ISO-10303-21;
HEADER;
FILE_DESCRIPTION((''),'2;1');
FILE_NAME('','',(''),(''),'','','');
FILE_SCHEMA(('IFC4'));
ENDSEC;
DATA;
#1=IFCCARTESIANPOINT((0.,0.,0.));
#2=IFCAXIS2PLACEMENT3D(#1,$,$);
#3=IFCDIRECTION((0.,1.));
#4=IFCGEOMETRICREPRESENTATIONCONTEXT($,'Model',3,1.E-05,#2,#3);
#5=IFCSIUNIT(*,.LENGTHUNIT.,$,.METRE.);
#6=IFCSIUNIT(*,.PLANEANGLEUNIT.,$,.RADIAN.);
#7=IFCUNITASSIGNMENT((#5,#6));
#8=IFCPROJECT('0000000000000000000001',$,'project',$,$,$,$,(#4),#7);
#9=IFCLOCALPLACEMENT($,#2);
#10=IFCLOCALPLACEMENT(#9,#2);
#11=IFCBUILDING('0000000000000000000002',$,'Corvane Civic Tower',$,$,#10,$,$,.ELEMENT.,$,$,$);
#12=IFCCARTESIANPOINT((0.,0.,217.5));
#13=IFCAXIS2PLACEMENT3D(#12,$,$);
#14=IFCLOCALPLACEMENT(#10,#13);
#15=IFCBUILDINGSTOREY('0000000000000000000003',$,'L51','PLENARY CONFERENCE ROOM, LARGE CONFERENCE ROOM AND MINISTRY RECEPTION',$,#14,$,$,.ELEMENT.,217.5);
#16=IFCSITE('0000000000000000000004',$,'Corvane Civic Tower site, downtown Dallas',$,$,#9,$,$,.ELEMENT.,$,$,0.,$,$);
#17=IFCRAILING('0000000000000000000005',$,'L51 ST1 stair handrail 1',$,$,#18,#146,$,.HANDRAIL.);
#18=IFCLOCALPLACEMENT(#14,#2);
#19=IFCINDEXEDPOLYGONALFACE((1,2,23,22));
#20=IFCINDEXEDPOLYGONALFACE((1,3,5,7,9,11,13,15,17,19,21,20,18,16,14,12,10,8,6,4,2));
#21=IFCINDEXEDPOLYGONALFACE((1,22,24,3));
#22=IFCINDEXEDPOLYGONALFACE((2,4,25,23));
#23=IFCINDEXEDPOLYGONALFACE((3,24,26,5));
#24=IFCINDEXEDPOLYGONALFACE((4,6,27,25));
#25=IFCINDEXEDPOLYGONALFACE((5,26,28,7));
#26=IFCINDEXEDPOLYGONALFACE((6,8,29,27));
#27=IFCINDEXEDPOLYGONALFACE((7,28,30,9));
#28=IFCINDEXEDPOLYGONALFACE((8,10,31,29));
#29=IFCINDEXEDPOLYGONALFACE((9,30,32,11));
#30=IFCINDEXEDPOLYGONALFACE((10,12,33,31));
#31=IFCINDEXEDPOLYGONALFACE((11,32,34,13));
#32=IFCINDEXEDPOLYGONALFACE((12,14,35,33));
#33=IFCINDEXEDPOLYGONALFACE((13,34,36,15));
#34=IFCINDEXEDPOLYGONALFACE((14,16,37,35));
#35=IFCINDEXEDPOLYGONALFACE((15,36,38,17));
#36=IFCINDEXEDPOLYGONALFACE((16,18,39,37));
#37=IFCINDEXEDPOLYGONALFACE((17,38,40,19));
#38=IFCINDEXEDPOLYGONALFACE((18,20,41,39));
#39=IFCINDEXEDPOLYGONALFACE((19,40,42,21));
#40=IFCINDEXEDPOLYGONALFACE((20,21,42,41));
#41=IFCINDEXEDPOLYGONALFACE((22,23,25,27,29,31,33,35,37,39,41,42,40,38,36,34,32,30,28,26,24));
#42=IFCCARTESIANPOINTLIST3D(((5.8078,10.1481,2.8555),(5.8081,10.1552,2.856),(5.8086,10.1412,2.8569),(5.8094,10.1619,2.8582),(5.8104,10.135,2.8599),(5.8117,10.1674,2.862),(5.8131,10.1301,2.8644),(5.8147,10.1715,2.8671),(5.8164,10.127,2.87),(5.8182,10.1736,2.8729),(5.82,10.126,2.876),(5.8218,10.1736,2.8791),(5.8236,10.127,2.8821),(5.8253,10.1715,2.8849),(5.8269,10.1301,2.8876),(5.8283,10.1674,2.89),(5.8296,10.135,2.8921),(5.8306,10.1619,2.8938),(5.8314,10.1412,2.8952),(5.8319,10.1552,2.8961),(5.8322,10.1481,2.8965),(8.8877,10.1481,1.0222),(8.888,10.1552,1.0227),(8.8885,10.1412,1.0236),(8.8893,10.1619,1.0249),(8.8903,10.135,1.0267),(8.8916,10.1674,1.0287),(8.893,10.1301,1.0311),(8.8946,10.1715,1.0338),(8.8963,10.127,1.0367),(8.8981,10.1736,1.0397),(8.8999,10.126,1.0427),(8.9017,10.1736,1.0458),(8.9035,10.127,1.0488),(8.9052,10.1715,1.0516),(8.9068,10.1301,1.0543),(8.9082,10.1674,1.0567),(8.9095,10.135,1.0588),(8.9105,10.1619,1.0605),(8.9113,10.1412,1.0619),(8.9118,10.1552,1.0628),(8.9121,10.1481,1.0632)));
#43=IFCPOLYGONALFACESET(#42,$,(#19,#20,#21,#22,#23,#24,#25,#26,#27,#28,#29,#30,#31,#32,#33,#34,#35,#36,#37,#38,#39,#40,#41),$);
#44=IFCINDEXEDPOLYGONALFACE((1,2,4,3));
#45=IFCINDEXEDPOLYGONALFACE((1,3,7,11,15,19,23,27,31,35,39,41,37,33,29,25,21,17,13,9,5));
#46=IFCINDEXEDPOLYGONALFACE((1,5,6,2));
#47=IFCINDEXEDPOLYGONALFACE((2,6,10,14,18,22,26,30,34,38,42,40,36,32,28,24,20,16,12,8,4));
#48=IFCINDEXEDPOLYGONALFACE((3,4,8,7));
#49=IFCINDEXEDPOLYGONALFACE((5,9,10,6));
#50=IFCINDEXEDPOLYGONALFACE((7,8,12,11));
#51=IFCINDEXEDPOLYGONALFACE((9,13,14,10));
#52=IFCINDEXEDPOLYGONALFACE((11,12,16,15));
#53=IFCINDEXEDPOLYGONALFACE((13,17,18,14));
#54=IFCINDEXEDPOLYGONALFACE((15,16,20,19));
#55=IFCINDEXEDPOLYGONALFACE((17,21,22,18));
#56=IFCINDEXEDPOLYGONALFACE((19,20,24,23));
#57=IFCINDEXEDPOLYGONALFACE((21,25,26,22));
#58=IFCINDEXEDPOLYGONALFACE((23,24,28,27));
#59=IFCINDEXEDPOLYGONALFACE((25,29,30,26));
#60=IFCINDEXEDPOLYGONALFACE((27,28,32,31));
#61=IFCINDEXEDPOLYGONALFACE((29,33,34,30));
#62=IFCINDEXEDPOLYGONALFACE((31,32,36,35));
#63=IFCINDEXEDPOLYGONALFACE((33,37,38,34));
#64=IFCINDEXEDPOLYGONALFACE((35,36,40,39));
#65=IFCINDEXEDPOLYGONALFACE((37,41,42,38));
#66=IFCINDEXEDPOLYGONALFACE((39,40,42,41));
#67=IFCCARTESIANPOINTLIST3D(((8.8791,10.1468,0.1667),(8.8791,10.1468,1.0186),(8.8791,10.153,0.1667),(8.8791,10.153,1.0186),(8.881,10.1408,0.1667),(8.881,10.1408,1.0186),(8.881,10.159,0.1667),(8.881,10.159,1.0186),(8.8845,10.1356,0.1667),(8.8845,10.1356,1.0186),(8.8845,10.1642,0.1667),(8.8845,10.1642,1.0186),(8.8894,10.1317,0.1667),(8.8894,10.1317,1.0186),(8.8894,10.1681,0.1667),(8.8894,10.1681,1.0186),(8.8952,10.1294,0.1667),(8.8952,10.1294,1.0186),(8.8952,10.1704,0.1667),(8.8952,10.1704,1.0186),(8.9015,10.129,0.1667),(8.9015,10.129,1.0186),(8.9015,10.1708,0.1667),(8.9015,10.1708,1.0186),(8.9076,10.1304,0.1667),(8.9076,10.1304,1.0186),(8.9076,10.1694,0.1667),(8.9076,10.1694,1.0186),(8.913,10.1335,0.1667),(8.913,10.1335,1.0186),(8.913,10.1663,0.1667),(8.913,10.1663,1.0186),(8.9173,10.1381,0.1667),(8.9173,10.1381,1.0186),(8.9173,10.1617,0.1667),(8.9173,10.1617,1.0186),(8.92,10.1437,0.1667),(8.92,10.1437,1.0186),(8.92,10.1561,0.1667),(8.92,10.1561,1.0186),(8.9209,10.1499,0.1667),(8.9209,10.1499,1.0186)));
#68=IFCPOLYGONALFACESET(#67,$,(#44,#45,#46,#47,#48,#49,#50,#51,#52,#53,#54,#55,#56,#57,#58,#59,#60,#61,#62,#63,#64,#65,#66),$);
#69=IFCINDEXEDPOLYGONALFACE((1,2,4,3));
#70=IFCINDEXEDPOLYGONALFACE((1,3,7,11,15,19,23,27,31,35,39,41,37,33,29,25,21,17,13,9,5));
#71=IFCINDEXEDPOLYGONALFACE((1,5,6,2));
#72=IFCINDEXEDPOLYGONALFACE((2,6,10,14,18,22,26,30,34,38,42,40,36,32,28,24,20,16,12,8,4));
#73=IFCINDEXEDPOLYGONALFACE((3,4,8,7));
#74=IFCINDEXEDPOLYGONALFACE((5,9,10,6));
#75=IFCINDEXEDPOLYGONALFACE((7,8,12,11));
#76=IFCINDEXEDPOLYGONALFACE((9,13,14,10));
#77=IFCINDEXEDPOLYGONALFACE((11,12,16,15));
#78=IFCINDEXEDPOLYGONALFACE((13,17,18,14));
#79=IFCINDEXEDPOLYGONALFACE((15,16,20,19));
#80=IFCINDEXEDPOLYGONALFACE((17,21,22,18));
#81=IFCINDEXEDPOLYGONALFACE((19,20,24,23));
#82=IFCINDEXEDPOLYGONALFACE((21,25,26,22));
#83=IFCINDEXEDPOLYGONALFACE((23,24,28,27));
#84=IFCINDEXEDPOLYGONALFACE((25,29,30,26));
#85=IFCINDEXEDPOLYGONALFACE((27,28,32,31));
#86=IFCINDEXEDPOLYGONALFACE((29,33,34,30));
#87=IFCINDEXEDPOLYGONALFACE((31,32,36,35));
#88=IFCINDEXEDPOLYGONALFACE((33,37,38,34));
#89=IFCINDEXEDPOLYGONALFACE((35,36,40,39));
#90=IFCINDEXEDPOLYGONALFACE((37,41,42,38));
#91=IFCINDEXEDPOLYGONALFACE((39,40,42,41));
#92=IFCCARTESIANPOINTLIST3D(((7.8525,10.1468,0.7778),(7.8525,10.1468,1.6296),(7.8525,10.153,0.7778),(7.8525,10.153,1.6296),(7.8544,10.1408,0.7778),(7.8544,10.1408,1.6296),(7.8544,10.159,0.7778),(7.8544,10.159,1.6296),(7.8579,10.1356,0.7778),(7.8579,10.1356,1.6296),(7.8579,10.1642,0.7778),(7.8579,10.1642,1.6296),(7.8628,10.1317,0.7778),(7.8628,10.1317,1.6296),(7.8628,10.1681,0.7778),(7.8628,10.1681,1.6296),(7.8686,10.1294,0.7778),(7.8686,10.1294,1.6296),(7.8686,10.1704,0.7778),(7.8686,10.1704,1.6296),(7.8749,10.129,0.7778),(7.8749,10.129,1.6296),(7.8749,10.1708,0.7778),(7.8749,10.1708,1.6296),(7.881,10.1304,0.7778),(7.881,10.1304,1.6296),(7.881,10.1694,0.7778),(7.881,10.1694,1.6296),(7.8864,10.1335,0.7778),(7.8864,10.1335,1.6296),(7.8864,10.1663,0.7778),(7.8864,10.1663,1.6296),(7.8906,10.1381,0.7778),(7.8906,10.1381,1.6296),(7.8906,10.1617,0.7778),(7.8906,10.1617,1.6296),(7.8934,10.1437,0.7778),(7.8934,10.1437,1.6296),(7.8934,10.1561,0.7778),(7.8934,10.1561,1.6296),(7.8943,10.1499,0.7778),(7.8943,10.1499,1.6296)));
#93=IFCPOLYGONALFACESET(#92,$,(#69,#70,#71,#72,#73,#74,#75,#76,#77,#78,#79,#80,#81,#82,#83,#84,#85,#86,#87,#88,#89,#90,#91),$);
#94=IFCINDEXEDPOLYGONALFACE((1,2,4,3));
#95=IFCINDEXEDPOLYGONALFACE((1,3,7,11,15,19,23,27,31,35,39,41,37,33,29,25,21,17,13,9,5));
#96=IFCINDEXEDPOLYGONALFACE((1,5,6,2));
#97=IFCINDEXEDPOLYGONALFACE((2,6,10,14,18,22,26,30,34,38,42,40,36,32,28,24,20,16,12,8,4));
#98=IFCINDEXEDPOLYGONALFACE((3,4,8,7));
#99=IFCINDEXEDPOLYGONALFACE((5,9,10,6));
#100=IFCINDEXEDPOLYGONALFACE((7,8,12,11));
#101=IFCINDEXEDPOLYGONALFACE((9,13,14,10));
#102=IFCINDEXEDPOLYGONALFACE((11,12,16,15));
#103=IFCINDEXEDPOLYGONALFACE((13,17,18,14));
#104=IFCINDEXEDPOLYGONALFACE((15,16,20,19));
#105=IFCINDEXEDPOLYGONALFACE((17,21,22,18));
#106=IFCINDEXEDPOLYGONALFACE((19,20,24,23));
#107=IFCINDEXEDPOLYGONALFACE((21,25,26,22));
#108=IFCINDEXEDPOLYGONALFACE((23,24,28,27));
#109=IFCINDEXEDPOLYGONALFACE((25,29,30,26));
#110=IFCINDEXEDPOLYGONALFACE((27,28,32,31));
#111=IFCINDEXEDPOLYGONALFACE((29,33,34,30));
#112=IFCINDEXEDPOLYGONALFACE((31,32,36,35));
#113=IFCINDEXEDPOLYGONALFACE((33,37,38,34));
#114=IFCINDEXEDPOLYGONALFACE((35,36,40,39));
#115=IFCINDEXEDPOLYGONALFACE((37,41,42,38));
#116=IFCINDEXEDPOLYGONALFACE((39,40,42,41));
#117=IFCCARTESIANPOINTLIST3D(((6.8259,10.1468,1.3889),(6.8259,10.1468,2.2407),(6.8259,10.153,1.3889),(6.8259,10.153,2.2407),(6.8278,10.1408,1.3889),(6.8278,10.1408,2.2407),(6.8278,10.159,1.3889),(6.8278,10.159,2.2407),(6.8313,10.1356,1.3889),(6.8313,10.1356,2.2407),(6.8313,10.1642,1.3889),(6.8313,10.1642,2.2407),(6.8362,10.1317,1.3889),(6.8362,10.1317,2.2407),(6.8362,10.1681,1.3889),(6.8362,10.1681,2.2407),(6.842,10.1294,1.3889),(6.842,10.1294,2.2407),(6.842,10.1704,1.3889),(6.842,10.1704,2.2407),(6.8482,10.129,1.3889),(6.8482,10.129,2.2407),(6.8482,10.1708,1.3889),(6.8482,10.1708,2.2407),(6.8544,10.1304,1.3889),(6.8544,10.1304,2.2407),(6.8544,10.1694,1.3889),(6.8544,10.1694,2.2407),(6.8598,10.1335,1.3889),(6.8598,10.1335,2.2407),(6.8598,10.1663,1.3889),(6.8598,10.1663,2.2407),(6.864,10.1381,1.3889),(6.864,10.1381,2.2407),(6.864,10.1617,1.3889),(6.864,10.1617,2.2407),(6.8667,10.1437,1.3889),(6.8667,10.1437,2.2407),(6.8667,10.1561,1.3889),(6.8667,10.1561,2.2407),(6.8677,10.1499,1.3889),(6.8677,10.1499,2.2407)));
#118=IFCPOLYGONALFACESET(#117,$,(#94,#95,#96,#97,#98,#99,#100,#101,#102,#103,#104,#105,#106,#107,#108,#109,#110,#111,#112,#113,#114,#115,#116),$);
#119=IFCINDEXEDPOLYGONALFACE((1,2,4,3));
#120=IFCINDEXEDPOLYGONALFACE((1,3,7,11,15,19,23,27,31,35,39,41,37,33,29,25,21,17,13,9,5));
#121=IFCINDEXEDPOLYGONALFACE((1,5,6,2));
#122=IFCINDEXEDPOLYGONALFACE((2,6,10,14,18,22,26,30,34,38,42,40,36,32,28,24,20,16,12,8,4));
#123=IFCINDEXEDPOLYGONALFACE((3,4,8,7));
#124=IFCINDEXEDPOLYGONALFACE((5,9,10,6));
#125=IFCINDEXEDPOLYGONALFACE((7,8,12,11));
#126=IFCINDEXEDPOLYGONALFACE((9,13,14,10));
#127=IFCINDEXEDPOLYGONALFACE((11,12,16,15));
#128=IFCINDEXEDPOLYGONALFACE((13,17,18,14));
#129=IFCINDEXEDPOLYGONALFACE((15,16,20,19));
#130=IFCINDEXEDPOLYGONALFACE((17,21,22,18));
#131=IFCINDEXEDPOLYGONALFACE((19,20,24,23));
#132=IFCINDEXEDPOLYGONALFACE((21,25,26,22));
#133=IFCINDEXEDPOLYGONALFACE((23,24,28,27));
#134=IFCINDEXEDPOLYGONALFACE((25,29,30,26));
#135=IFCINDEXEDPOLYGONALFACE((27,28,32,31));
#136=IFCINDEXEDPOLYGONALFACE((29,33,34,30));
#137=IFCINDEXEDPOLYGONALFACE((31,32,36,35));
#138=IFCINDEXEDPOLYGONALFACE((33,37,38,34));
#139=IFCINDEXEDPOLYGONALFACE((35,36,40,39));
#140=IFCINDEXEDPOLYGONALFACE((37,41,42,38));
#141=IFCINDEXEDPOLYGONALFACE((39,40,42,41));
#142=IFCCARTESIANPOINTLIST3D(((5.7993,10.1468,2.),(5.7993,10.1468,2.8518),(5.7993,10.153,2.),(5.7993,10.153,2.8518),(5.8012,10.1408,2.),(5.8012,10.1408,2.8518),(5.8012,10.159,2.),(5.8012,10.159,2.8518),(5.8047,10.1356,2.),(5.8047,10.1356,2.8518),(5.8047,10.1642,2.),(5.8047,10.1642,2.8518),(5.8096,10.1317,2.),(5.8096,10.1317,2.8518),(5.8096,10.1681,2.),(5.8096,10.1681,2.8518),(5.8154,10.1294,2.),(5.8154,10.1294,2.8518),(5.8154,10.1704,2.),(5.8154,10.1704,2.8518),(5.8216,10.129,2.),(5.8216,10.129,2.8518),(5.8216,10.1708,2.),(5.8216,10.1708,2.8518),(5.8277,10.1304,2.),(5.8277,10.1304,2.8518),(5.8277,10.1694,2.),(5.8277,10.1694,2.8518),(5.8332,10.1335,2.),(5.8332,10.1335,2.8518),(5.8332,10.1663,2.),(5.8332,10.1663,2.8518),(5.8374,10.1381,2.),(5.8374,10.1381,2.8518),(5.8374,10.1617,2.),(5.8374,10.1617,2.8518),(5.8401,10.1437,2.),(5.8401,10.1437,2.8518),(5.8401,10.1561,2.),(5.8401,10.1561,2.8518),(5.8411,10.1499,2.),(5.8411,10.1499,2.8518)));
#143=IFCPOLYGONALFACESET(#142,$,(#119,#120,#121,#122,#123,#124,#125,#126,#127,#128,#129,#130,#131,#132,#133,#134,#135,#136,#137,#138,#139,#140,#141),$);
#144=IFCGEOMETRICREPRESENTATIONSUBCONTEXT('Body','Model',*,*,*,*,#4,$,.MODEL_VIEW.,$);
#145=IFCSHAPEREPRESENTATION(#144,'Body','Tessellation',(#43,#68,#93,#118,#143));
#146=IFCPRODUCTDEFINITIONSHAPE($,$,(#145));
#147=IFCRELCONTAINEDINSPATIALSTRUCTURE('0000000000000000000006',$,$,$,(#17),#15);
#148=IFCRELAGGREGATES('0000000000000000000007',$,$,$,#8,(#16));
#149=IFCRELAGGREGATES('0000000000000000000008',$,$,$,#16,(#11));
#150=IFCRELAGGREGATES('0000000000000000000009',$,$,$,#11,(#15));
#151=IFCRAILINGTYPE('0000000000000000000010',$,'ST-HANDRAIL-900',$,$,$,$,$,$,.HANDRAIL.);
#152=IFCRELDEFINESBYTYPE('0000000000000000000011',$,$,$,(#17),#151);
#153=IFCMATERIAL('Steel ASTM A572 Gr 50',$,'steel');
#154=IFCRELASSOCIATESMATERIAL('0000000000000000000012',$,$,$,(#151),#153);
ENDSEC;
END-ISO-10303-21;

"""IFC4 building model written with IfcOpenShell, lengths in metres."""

from ifc_helpers import new_model, si_unit, direction, frame, origin, origin_2d, place, context, subcontext, project, spatial, circle, extrude, material, type_object, element, save


model = new_model("IFC4")

# Units and contexts
model_context = context("Model", 3, precision=1e-05, world=origin(), true_north=direction((0.0, 1.0)))
body_context = subcontext(model_context, "Body", "Model", "MODEL_VIEW")
ifc_project = project(units=[si_unit("LENGTHUNIT", "METRE"), si_unit("PLANEANGLEUNIT", "RADIAN")], contexts=[model_context])

# Site, building, storey
site_placement = place(None, origin())
site = spatial("IfcSite", under=ifc_project, at=site_placement, Name="Corvane Civic Tower site, downtown Dallas", CompositionType="ELEMENT", RefElevation=0.0)
building_placement = place(site_placement, origin())
building = spatial("IfcBuilding", under=site, at=building_placement, Name="Corvane Civic Tower", CompositionType="ELEMENT")
storey_placement = place(building_placement, frame((0.0, 0.0, 217.5)))
storey = spatial("IfcBuildingStorey", under=building, at=storey_placement, Name="L51", Description="PLENARY CONFERENCE ROOM, LARGE CONFERENCE ROOM AND MINISTRY RECEPTION", CompositionType="ELEMENT", Elevation=217.5)

# Railing
ifc_material_1 = material(Name="Steel ASTM A572 Gr 50", Category="steel")
railing_type_1 = type_object("IfcRailingType", Name="ST-HANDRAIL-900", PredefinedType="HANDRAIL", material=ifc_material_1)
railing_1_placement = place(storey_placement, frame((8.8999, 10.1499, 0.1667)))
element("IfcRailing", 1, at=railing_1_placement, inside=storey, type_object=railing_type_1, Name="L51 ST1 stair handrail 1", PredefinedType="HANDRAIL", context=body_context, shape_type="SweptSolid", body=[
    extrude(circle(Radius=0.0239, at=origin_2d()), frame((0.0, 0.0, 0.876), z_axis=(-0.859291, 0.0, 0.511487), x_axis=(0.0, -1.0, 0.0)), (0.0, 0.0, 1.0), 3.5842),
    extrude(circle(Radius=0.021, at=origin_2d()), origin(), (0.0, 0.0, 1.0), 0.8518),
    extrude(circle(Radius=0.021, at=origin_2d()), frame((-1.0266, 0.0, 0.6111)), (0.0, 0.0, 1.0), 0.8518),
    extrude(circle(Radius=0.021, at=origin_2d()), frame((-2.0532, 0.0, 1.2222)), (0.0, 0.0, 1.0), 0.8518),
    extrude(circle(Radius=0.021, at=origin_2d()), frame((-3.0798, 0.0, 1.8333)), (0.0, 0.0, 1.0), 0.8518),
])

save(model, "model.ifc")
